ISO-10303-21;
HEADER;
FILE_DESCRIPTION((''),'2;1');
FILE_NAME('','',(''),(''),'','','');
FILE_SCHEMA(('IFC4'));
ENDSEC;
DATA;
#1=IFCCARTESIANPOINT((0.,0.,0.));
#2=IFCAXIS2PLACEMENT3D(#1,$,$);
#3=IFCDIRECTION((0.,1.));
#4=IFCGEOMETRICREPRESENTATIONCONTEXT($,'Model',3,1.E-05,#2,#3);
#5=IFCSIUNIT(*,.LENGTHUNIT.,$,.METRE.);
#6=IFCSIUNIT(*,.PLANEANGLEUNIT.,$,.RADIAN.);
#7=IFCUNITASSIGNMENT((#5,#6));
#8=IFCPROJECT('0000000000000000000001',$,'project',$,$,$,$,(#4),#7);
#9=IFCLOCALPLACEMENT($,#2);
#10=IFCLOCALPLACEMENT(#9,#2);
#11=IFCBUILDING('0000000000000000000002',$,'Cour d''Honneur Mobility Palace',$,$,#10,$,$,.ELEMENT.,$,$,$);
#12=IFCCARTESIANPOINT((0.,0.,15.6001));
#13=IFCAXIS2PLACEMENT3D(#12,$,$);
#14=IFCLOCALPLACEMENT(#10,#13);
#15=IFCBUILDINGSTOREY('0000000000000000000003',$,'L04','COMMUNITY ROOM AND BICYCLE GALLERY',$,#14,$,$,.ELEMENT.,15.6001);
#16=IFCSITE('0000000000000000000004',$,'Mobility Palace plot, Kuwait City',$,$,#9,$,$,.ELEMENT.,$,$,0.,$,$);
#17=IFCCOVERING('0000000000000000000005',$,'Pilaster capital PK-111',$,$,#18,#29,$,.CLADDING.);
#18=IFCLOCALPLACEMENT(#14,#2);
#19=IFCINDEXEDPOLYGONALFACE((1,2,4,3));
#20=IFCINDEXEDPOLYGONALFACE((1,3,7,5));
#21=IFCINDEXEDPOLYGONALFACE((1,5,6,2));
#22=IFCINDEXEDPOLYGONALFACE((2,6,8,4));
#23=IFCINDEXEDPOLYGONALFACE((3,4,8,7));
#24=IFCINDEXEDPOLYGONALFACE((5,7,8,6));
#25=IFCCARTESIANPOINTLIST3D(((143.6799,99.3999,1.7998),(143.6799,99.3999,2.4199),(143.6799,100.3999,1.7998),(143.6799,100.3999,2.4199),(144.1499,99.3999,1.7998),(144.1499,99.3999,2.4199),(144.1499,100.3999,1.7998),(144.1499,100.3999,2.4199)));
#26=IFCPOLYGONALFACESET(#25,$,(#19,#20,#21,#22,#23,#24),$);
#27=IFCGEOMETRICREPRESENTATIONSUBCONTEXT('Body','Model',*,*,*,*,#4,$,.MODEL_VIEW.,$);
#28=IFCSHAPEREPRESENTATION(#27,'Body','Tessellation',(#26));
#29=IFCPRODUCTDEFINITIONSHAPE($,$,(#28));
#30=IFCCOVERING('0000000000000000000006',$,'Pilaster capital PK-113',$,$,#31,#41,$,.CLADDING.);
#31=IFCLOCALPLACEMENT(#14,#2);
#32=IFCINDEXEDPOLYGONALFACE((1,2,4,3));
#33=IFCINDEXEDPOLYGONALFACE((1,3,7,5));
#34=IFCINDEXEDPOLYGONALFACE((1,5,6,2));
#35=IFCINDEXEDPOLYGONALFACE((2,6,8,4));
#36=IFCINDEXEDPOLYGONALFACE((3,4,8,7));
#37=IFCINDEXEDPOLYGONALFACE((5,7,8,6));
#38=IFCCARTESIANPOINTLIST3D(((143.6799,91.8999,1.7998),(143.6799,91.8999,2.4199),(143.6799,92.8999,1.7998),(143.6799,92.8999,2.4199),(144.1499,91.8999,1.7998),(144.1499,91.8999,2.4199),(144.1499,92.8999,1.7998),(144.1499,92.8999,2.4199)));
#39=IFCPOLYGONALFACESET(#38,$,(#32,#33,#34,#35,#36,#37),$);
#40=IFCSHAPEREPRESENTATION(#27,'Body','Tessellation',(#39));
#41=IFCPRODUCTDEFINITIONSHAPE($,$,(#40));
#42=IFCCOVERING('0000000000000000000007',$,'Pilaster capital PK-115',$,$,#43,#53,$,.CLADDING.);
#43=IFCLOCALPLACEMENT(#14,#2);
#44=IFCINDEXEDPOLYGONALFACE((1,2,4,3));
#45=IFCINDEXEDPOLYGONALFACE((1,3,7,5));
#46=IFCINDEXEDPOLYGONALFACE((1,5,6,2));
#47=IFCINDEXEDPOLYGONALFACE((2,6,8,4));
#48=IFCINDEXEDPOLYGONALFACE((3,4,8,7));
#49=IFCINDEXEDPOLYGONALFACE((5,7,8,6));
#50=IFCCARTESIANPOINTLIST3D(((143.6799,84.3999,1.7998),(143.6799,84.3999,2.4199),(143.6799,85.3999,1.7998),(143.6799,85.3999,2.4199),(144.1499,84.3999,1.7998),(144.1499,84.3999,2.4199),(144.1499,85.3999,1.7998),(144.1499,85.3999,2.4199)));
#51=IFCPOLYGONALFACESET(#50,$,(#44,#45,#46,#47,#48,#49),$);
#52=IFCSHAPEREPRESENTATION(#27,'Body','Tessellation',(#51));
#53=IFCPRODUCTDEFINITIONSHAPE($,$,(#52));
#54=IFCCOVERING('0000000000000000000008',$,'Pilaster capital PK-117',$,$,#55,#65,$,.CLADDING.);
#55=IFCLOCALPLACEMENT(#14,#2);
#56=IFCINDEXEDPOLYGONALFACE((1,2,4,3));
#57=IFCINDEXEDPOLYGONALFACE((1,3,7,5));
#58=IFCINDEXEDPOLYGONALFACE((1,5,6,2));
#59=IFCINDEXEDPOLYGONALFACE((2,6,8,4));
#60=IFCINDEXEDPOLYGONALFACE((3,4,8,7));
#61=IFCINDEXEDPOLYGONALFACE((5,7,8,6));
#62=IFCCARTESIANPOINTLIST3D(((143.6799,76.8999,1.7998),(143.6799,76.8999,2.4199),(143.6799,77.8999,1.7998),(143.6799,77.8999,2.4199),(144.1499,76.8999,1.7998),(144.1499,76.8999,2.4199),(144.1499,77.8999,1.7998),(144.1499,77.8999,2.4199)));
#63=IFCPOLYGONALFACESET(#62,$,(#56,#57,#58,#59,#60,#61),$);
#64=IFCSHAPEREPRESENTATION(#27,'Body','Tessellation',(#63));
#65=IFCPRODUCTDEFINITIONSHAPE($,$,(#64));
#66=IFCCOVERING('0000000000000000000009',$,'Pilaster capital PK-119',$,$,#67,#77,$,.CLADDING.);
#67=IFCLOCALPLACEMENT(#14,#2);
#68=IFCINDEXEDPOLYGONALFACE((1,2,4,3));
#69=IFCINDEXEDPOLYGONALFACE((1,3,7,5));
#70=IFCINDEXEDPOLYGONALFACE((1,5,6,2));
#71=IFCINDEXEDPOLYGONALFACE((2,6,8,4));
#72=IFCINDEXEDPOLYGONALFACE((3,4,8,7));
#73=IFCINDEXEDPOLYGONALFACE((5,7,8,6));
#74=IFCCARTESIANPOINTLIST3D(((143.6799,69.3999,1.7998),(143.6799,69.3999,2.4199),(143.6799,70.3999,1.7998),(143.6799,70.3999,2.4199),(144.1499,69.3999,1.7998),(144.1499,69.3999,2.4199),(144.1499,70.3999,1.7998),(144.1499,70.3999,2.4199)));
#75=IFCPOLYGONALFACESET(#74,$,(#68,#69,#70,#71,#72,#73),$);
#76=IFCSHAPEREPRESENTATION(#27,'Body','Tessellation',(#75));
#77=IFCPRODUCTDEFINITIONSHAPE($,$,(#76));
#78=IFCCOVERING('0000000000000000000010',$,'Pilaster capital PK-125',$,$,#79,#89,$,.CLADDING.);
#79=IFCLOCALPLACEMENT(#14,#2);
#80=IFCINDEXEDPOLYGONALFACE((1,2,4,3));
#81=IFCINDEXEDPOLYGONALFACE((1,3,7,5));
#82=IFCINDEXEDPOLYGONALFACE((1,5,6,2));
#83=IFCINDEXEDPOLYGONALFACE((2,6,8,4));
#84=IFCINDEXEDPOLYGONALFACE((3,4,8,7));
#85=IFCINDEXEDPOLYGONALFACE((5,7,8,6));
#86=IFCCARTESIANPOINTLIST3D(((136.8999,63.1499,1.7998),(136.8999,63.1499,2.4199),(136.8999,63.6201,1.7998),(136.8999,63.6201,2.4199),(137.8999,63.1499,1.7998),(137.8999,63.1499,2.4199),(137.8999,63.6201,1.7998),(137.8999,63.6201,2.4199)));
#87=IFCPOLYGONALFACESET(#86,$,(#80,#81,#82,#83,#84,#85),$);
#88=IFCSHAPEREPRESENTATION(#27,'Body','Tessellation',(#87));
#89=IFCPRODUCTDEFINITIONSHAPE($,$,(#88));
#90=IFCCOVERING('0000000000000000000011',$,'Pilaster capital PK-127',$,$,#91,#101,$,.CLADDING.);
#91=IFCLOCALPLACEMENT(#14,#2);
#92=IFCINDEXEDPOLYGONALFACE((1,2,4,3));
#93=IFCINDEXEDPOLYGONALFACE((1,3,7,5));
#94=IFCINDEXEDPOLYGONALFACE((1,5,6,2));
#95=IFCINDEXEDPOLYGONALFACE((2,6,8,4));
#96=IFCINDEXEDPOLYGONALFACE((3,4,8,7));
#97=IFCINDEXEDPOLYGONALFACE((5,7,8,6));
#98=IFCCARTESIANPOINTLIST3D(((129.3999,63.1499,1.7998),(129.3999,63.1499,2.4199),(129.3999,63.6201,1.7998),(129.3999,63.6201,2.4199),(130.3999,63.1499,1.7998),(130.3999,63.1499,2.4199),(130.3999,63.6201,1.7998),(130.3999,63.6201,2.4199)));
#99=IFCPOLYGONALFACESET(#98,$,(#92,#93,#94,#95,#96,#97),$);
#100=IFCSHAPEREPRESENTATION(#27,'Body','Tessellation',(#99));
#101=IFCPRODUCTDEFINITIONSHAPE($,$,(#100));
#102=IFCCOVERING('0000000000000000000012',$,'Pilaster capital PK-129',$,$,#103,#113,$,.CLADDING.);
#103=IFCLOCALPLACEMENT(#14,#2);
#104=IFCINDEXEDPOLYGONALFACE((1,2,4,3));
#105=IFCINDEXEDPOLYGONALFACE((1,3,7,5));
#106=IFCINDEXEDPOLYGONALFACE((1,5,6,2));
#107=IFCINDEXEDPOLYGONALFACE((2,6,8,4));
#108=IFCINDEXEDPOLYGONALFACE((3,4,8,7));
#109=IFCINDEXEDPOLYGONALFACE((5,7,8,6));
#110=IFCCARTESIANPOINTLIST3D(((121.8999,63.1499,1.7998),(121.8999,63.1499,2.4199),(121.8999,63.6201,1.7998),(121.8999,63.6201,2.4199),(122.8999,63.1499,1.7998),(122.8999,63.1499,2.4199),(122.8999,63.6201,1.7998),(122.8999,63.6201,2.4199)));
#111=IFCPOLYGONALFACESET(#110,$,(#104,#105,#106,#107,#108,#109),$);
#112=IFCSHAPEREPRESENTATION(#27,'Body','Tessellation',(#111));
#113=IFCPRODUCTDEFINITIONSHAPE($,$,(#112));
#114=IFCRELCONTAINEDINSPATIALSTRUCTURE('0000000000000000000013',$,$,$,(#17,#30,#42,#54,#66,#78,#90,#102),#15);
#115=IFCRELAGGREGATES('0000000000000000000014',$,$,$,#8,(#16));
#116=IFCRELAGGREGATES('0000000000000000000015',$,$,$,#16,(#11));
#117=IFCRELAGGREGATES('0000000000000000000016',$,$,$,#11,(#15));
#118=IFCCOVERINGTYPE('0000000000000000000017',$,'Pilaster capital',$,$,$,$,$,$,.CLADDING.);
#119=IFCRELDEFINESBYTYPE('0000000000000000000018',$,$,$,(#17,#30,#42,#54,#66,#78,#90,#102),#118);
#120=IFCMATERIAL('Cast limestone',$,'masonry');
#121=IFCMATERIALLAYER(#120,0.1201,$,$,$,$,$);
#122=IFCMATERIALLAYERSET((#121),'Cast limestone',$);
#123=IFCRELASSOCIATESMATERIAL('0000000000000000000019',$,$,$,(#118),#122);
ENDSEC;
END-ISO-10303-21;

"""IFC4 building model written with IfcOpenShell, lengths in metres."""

from ifc_helpers import new_model, si_unit, direction, frame, origin, place, context, subcontext, project, spatial, polyline, outline, extrude, material, layer, layer_set, type_object, element, save


model = new_model("IFC4")

# Units and contexts
model_context = context("Model", 3, precision=1e-05, world=origin(), true_north=direction((0.0, 1.0)))
body_context = subcontext(model_context, "Body", "Model", "MODEL_VIEW")
ifc_project = project(units=[si_unit("LENGTHUNIT", "METRE"), si_unit("PLANEANGLEUNIT", "RADIAN")], contexts=[model_context])

# Site, building, storey
site_placement = place(None, origin())
site = spatial("IfcSite", under=ifc_project, at=site_placement, Name="Mobility Palace plot, Kuwait City", CompositionType="ELEMENT", RefElevation=0.0)
building_placement = place(site_placement, origin())
building = spatial("IfcBuilding", under=site, at=building_placement, Name="Cour d'Honneur Mobility Palace", CompositionType="ELEMENT")
storey_placement = place(building_placement, frame((0.0, 0.0, 15.6001)))
storey = spatial("IfcBuildingStorey", under=building, at=storey_placement, Name="L04", Description="COMMUNITY ROOM AND BICYCLE GALLERY", CompositionType="ELEMENT", Elevation=15.6001)

# Coverings
ifc_material = material(Name="Cast limestone", Category="masonry")
ifc_layer = layer(ifc_material, 0.1201)
ifc_layer_set = layer_set([ifc_layer], Name="Cast limestone")
covering_type = type_object("IfcCoveringType", Name="Pilaster capital", PredefinedType="CLADDING", material=ifc_layer_set)
covering_1_placement = place(storey_placement, frame((0.0, 0.0, 1.7998)))
element("IfcCovering", 1, at=covering_1_placement, inside=storey, type_object=covering_type, Name="Pilaster capital PK-111", PredefinedType="CLADDING", context=body_context, shape_type="SweptSolid", body=[
    extrude(outline(polyline([(144.1499, 100.3999), (144.1499, 99.3999), (143.6799, 99.3999), (143.6799, 100.3999), (144.1499, 100.3999)])), origin(), (0.0, 0.0, 1.0), 0.6201),
])
covering_2_placement = place(storey_placement, frame((0.0, 0.0, 1.7998)))
element("IfcCovering", 2, at=covering_2_placement, inside=storey, type_object=covering_type, Name="Pilaster capital PK-113", PredefinedType="CLADDING", context=body_context, shape_type="SweptSolid", body=[
    extrude(outline(polyline([(144.1499, 92.8999), (144.1499, 91.8999), (143.6799, 91.8999), (143.6799, 92.8999), (144.1499, 92.8999)])), origin(), (0.0, 0.0, 1.0), 0.6201),
])
covering_3_placement = place(storey_placement, frame((0.0, 0.0, 1.7998)))
element("IfcCovering", 3, at=covering_3_placement, inside=storey, type_object=covering_type, Name="Pilaster capital PK-115", PredefinedType="CLADDING", context=body_context, shape_type="SweptSolid", body=[
    extrude(outline(polyline([(144.1499, 85.3999), (144.1499, 84.3999), (143.6799, 84.3999), (143.6799, 85.3999), (144.1499, 85.3999)])), origin(), (0.0, 0.0, 1.0), 0.6201),
])
covering_4_placement = place(storey_placement, frame((0.0, 0.0, 1.7998)))
element("IfcCovering", 4, at=covering_4_placement, inside=storey, type_object=covering_type, Name="Pilaster capital PK-117", PredefinedType="CLADDING", context=body_context, shape_type="SweptSolid", body=[
    extrude(outline(polyline([(144.1499, 77.8999), (144.1499, 76.8999), (143.6799, 76.8999), (143.6799, 77.8999), (144.1499, 77.8999)])), origin(), (0.0, 0.0, 1.0), 0.6201),
])
covering_5_placement = place(storey_placement, frame((0.0, 0.0, 1.7998)))
element("IfcCovering", 5, at=covering_5_placement, inside=storey, type_object=covering_type, Name="Pilaster capital PK-119", PredefinedType="CLADDING", context=body_context, shape_type="SweptSolid", body=[
    extrude(outline(polyline([(144.1499, 70.3999), (144.1499, 69.3999), (143.6799, 69.3999), (143.6799, 70.3999), (144.1499, 70.3999)])), origin(), (0.0, 0.0, 1.0), 0.6201),
])
covering_6_placement = place(storey_placement, frame((0.0, 0.0, 1.7998)))
element("IfcCovering", 6, at=covering_6_placement, inside=storey, type_object=covering_type, Name="Pilaster capital PK-125", PredefinedType="CLADDING", context=body_context, shape_type="SweptSolid", body=[
    extrude(outline(polyline([(137.8999, 63.1499), (136.8999, 63.1499), (136.8999, 63.6201), (137.8999, 63.6201), (137.8999, 63.1499)])), origin(), (0.0, 0.0, 1.0), 0.6201),
])
covering_7_placement = place(storey_placement, frame((0.0, 0.0, 1.7998)))
element("IfcCovering", 7, at=covering_7_placement, inside=storey, type_object=covering_type, Name="Pilaster capital PK-127", PredefinedType="CLADDING", context=body_context, shape_type="SweptSolid", body=[
    extrude(outline(polyline([(130.3999, 63.1499), (129.3999, 63.1499), (129.3999, 63.6201), (130.3999, 63.6201), (130.3999, 63.1499)])), origin(), (0.0, 0.0, 1.0), 0.6201),
])
covering_8_placement = place(storey_placement, frame((0.0, 0.0, 1.7998)))
element("IfcCovering", 8, at=covering_8_placement, inside=storey, type_object=covering_type, Name="Pilaster capital PK-129", PredefinedType="CLADDING", context=body_context, shape_type="SweptSolid", body=[
    extrude(outline(polyline([(122.8999, 63.1499), (121.8999, 63.1499), (121.8999, 63.6201), (122.8999, 63.6201), (122.8999, 63.1499)])), origin(), (0.0, 0.0, 1.0), 0.6201),
])

save(model, "model.ifc")
